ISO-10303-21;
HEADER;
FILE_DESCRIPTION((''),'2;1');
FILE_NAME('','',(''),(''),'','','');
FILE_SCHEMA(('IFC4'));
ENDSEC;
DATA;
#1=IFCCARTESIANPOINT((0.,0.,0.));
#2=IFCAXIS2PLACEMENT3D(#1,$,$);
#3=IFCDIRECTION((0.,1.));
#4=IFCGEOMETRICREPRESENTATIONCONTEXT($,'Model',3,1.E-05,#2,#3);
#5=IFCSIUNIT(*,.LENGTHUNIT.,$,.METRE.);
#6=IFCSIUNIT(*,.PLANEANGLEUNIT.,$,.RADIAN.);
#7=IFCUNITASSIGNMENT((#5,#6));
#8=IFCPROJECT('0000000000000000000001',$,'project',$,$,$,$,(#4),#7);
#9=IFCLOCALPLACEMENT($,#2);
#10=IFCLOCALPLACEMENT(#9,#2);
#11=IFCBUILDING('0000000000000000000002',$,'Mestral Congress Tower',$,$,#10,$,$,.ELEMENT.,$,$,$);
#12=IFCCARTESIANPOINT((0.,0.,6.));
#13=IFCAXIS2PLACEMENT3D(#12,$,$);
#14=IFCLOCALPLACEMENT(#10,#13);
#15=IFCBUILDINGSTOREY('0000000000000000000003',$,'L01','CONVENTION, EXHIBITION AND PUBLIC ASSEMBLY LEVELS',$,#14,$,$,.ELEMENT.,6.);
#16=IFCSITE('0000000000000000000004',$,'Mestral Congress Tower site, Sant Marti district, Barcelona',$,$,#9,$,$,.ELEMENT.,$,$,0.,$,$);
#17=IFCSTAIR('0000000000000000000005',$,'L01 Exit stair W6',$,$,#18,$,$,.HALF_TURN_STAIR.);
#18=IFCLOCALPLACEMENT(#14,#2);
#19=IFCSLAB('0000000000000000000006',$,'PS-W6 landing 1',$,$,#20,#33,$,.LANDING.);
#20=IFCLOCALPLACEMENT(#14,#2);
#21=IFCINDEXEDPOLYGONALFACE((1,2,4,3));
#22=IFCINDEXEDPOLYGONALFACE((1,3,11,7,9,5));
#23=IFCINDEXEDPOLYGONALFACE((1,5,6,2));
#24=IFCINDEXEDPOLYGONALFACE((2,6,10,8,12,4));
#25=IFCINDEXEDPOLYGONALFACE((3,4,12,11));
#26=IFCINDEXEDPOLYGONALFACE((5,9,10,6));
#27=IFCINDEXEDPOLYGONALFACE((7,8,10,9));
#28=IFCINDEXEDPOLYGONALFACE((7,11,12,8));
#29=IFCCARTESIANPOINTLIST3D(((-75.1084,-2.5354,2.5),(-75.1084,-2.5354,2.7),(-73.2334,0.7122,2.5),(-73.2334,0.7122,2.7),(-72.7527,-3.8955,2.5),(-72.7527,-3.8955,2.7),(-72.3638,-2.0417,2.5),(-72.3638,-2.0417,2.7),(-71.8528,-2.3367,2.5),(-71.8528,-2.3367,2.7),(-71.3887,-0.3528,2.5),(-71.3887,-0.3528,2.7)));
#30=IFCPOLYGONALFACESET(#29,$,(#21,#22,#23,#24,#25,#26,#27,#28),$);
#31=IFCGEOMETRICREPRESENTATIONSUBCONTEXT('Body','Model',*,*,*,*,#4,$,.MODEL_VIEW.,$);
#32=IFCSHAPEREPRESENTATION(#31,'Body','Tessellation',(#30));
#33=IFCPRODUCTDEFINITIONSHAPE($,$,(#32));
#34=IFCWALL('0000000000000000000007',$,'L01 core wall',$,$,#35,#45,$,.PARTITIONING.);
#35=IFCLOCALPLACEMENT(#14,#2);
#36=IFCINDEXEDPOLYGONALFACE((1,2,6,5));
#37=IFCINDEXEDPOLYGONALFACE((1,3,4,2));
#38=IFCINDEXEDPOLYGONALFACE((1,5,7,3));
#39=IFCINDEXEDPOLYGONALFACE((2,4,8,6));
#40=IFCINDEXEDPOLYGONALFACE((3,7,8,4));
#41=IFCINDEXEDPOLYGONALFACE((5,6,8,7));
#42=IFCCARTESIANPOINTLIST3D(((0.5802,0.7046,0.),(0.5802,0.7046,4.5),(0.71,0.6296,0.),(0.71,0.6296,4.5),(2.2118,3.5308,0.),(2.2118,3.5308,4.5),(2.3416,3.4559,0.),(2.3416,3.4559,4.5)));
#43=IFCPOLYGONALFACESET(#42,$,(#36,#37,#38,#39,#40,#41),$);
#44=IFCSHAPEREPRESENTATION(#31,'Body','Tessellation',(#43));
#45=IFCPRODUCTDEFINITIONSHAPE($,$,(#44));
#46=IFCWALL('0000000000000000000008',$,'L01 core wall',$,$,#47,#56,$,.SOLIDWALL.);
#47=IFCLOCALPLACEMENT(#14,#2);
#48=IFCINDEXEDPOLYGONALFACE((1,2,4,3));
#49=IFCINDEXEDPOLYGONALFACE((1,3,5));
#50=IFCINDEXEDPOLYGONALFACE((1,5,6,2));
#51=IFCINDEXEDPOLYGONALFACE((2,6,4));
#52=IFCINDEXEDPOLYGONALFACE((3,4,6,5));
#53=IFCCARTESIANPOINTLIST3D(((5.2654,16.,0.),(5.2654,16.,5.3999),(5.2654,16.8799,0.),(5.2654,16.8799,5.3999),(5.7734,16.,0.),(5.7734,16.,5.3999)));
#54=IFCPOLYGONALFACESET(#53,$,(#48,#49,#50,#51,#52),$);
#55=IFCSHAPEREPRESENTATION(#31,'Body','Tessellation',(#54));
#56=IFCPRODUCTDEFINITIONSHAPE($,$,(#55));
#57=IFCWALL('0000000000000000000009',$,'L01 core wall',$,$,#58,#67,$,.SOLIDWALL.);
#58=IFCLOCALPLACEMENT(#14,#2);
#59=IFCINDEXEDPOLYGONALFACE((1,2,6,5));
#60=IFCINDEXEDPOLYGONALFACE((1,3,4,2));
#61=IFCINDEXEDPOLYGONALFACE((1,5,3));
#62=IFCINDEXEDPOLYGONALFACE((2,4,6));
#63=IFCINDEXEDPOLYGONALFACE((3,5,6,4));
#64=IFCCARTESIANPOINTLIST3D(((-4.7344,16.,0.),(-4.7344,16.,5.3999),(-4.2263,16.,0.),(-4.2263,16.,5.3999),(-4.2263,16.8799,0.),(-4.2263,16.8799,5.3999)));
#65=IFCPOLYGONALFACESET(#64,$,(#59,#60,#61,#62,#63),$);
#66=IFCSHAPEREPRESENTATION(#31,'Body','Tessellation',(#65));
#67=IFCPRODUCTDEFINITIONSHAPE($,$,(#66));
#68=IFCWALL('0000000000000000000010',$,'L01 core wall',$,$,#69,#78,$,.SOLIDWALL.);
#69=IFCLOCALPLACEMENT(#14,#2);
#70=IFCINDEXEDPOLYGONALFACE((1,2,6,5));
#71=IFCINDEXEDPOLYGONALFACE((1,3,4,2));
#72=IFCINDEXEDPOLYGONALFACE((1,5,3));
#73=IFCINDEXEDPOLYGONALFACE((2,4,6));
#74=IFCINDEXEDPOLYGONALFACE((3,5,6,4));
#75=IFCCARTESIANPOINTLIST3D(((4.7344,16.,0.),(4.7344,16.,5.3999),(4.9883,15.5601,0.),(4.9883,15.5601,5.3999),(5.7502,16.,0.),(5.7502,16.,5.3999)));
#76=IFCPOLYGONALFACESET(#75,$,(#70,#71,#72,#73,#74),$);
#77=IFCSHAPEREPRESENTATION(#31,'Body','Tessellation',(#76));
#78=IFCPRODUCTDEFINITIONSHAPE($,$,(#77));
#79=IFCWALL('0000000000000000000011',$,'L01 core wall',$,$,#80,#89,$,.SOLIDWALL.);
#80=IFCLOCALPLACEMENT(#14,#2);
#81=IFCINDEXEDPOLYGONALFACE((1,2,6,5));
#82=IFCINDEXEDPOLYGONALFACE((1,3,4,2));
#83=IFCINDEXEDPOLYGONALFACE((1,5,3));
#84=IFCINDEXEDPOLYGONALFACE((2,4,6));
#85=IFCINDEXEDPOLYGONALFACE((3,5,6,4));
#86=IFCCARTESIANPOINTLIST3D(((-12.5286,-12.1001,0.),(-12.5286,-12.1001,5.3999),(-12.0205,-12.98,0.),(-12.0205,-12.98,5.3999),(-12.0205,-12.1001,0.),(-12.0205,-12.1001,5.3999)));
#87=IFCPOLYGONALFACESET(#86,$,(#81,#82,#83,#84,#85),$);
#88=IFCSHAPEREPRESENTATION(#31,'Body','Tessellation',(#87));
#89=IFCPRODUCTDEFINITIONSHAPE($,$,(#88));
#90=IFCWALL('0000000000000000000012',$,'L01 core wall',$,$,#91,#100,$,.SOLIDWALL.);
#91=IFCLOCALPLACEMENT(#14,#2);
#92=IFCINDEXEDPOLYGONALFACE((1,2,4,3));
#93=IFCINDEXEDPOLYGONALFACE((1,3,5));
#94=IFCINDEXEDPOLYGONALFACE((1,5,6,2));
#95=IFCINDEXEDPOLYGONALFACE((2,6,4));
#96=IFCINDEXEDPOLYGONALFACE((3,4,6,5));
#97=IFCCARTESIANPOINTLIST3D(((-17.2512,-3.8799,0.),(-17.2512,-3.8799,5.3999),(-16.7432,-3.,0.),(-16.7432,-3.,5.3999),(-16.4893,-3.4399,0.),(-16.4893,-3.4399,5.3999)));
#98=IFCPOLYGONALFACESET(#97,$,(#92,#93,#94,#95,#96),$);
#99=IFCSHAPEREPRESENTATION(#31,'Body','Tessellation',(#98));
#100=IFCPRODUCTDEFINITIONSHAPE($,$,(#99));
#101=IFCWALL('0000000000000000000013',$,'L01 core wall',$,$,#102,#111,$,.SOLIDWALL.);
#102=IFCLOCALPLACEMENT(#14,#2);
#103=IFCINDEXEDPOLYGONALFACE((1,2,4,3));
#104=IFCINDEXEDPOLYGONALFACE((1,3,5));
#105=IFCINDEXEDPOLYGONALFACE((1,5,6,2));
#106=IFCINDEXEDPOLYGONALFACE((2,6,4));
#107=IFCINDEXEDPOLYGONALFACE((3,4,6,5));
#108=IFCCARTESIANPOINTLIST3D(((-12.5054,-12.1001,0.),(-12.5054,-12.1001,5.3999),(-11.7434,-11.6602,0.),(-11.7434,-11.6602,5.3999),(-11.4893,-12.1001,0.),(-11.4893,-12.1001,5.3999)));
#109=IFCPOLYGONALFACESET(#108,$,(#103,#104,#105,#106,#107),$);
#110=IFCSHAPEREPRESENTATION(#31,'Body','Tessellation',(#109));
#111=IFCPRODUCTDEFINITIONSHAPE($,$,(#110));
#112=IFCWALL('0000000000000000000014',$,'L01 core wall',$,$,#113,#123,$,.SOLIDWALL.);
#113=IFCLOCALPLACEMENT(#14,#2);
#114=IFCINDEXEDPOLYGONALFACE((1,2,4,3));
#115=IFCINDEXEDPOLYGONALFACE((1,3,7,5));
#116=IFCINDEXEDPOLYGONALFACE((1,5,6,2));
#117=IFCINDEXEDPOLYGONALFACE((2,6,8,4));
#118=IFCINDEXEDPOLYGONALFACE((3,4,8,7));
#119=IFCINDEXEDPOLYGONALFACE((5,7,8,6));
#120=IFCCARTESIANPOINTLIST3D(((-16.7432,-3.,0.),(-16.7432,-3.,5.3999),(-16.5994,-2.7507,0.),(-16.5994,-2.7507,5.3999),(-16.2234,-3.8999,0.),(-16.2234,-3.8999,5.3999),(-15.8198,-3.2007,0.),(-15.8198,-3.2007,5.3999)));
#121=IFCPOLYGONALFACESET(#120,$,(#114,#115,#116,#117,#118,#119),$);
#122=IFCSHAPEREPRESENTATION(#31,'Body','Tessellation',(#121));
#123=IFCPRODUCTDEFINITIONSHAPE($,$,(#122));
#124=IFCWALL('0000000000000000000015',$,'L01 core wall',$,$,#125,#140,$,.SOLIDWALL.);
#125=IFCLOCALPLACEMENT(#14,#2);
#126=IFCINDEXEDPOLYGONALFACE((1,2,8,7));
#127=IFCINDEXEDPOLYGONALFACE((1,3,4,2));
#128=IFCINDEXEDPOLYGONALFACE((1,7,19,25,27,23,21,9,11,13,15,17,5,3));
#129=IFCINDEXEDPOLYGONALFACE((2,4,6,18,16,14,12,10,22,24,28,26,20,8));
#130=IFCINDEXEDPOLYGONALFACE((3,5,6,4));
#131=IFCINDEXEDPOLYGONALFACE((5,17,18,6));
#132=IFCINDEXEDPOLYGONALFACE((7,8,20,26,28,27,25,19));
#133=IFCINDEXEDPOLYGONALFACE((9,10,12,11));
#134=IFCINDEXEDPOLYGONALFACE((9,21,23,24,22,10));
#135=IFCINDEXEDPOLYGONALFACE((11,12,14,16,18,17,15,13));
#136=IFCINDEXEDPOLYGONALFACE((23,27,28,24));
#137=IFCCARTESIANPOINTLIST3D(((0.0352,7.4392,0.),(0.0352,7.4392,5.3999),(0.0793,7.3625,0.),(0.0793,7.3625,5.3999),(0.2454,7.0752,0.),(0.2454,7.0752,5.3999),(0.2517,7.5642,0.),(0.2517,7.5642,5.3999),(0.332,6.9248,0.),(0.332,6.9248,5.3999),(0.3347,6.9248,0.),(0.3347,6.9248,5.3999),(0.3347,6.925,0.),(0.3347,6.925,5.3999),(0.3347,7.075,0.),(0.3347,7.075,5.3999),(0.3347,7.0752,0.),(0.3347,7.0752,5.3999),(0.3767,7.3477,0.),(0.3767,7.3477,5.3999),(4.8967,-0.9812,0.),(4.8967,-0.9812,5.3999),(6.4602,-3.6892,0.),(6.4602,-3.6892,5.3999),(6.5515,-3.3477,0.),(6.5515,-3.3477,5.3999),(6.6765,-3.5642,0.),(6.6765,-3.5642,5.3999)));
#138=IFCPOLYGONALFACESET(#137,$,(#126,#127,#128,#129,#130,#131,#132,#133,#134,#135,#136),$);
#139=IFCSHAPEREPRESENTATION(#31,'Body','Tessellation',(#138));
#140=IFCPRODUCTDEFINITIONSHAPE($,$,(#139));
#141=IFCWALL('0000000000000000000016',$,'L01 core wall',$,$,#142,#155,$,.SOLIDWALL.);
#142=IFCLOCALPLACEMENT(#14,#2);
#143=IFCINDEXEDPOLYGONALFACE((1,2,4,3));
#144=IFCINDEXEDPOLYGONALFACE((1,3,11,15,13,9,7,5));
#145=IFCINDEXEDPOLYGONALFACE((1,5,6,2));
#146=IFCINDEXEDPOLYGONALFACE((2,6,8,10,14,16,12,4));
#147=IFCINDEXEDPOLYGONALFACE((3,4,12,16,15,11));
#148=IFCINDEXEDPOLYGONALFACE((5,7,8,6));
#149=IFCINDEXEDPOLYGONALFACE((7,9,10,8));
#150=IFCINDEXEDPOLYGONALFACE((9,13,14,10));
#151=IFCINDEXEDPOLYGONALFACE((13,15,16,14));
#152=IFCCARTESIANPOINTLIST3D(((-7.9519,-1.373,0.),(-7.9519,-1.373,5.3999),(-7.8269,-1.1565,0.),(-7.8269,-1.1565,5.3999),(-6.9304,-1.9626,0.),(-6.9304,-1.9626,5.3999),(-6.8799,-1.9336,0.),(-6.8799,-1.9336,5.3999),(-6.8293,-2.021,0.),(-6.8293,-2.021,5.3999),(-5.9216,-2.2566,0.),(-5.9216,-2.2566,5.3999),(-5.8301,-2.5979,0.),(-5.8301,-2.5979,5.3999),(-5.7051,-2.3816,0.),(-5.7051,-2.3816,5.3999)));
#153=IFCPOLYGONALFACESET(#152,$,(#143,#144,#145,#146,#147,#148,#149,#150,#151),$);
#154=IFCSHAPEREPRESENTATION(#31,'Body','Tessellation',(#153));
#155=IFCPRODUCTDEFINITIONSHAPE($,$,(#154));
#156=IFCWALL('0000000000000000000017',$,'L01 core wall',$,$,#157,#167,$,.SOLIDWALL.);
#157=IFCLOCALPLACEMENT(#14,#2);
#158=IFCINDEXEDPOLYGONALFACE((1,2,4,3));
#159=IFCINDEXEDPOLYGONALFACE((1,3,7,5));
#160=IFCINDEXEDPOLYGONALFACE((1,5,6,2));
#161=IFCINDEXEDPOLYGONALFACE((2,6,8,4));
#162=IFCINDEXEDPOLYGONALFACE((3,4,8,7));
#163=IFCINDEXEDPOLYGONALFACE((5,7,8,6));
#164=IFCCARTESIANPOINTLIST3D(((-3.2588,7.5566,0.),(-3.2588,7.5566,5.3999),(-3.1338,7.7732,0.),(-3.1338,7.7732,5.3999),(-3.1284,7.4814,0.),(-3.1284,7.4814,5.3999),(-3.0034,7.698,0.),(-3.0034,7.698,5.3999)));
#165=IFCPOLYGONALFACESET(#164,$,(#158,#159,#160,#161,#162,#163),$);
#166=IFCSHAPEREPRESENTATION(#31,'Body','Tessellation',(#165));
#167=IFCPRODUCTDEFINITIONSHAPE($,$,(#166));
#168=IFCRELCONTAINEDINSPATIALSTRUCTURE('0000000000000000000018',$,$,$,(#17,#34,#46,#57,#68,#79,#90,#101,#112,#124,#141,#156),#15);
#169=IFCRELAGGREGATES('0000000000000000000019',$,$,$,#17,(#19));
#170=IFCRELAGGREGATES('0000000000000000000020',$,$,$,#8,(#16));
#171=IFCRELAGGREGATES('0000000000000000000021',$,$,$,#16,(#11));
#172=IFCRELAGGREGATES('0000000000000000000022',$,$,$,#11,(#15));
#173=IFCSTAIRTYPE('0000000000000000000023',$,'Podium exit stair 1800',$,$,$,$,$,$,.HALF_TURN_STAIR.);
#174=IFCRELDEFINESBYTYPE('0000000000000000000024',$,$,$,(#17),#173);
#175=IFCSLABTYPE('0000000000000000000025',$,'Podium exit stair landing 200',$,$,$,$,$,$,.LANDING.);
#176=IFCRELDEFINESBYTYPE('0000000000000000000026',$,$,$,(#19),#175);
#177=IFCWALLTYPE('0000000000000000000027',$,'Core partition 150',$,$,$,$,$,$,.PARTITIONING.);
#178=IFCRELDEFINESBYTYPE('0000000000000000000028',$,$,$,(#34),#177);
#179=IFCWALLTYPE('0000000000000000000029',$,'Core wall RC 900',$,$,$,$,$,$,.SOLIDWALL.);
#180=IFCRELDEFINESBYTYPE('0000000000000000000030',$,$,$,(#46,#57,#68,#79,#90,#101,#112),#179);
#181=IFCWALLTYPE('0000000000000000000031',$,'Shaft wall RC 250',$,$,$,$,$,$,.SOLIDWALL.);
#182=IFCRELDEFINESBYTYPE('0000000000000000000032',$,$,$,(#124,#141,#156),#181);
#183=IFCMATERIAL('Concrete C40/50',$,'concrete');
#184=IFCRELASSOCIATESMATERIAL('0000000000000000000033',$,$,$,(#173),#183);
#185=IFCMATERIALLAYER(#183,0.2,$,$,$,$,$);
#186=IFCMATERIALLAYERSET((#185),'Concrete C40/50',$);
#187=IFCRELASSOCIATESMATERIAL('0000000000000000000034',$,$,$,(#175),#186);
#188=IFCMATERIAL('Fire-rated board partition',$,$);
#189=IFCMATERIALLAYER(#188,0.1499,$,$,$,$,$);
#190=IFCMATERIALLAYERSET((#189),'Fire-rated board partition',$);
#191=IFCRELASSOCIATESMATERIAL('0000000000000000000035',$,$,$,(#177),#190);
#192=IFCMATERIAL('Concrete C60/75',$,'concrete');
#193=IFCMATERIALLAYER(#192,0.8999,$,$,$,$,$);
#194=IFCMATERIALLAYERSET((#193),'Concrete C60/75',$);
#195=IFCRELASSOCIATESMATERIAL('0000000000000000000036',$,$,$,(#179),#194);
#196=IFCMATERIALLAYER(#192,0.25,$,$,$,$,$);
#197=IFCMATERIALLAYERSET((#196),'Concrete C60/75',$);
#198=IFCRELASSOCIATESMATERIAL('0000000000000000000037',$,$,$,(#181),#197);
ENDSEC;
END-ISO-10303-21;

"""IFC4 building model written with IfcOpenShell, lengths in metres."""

from ifc_helpers import new_model, si_unit, direction, frame, frame_2d, origin, place, context, subcontext, project, spatial, polyline, rectangle, outline, extrude, material, layer, layer_set, type_object, element, aggregate, save


model = new_model("IFC4")

# Units and contexts
model_context = context("Model", 3, precision=1e-05, world=origin(), true_north=direction((0.0, 1.0)))
body_context = subcontext(model_context, "Body", "Model", "MODEL_VIEW")
ifc_project = project(units=[si_unit("LENGTHUNIT", "METRE"), si_unit("PLANEANGLEUNIT", "RADIAN")], contexts=[model_context])

# Site, building, storey
site_placement = place(None, origin())
site = spatial("IfcSite", under=ifc_project, at=site_placement, Name="Mestral Congress Tower site, Sant Marti district, Barcelona", CompositionType="ELEMENT", RefElevation=0.0)
building_placement = place(site_placement, origin())
building = spatial("IfcBuilding", under=site, at=building_placement, Name="Mestral Congress Tower", CompositionType="ELEMENT")
storey_placement = place(building_placement, frame((0.0, 0.0, 6.0)))
storey = spatial("IfcBuildingStorey", under=building, at=storey_placement, Name="L01", Description="CONVENTION, EXHIBITION AND PUBLIC ASSEMBLY LEVELS", CompositionType="ELEMENT", Elevation=6.0)

# Shared definitions
ifc_material_1 = material(Name="Concrete C40/50", Category="concrete")

# Stair, slab
stair_type = type_object("IfcStairType", Name="Podium exit stair 1800", PredefinedType="HALF_TURN_STAIR", material=ifc_material_1)
placement_1 = place(storey_placement, origin())
ifc_layer_1 = layer(ifc_material_1, 0.2)
ifc_layer_set_1 = layer_set([ifc_layer_1], Name="Concrete C40/50")
slab_type_1 = type_object("IfcSlabType", Name="Podium exit stair landing 200", PredefinedType="LANDING", material=ifc_layer_set_1)
placement_2 = place(storey_placement, frame((0.0, 0.0, 2.5)))
stair_1 = element("IfcStair", 1, at=placement_1, inside=storey, type_object=stair_type, Name="L01 Exit stair W6", PredefinedType="HALF_TURN_STAIR")
slab_1 = element("IfcSlab", 2, at=placement_2, type_object=slab_type_1, Name="PS-W6 landing 1", PredefinedType="LANDING", context=body_context, shape_type="SweptSolid", body=[
    extrude(outline(polyline([(-71.8528, -2.3367), (-72.7527, -3.8955), (-75.1084, -2.5354), (-73.2334, 0.7122), (-71.3887, -0.3528), (-72.3638, -2.0417), (-71.8528, -2.3367)])), origin(), (0.0, 0.0, 1.0), 0.2),
])
aggregate(stair_1, [slab_1])

# Walls
ifc_material_2 = material(Name="Fire-rated board partition")
ifc_layer_2 = layer(ifc_material_2, 0.1499)
ifc_layer_set_2 = layer_set([ifc_layer_2], Name="Fire-rated board partition")
wall_type_1 = type_object("IfcWallType", Name="Core partition 150", PredefinedType="PARTITIONING", material=ifc_layer_set_2)
wall_1_placement = place(storey_placement, frame((0.645, 0.667, 0.0), z_axis=(0.0, 0.0, 1.0), x_axis=(0.499977, 0.866039, 0.0)))
element("IfcWall", 3, at=wall_1_placement, inside=storey, type_object=wall_type_1, Name="L01 core wall", PredefinedType="PARTITIONING", context=body_context, shape_type="SweptSolid", body=[
    extrude(rectangle(XDim=3.2634, YDim=0.1499, at=frame_2d((1.6318, 0.0))), origin(), (0.0, 0.0, 1.0), 4.5),
])
ifc_material_3 = material(Name="Concrete C60/75", Category="concrete")
ifc_layer_3 = layer(ifc_material_3, 0.8999)
ifc_layer_set_3 = layer_set([ifc_layer_3], Name="Concrete C60/75")
wall_type_2 = type_object("IfcWallType", Name="Core wall RC 900", PredefinedType="SOLIDWALL", material=ifc_layer_set_3)
element("IfcWall", 4, at=placement_1, inside=storey, type_object=wall_type_2, Name="L01 core wall", PredefinedType="SOLIDWALL", context=body_context, shape_type="SweptSolid", body=[
    extrude(outline(polyline([(5.2654, 16.0), (5.2654, 16.8799), (5.7734, 16.0), (5.2654, 16.0)])), origin(), (0.0, 0.0, 1.0), 5.3999),
])
element("IfcWall", 5, at=placement_1, inside=storey, type_object=wall_type_2, Name="L01 core wall", PredefinedType="SOLIDWALL", context=body_context, shape_type="SweptSolid", body=[
    extrude(outline(polyline([(-4.7344, 16.0), (-4.2263, 16.8799), (-4.2263, 16.0), (-4.7344, 16.0)])), origin(), (0.0, 0.0, 1.0), 5.3999),
])
element("IfcWall", 6, at=placement_1, inside=storey, type_object=wall_type_2, Name="L01 core wall", PredefinedType="SOLIDWALL", context=body_context, shape_type="SweptSolid", body=[
    extrude(outline(polyline([(4.7344, 16.0), (5.7502, 16.0), (4.9883, 15.5601), (4.7344, 16.0)])), origin(), (0.0, 0.0, 1.0), 5.3999),
])
element("IfcWall", 7, at=placement_1, inside=storey, type_object=wall_type_2, Name="L01 core wall", PredefinedType="SOLIDWALL", context=body_context, shape_type="SweptSolid", body=[
    extrude(outline(polyline([(-12.5286, -12.1001), (-12.0205, -12.1001), (-12.0205, -12.98), (-12.5286, -12.1001)])), origin(), (0.0, 0.0, 1.0), 5.3999),
])
element("IfcWall", 8, at=placement_1, inside=storey, type_object=wall_type_2, Name="L01 core wall", PredefinedType="SOLIDWALL", context=body_context, shape_type="SweptSolid", body=[
    extrude(outline(polyline([(-16.4893, -3.4399), (-17.2512, -3.8799), (-16.7432, -3.0), (-16.4893, -3.4399)])), origin(), (0.0, 0.0, 1.0), 5.3999),
])
element("IfcWall", 9, at=placement_1, inside=storey, type_object=wall_type_2, Name="L01 core wall", PredefinedType="SOLIDWALL", context=body_context, shape_type="SweptSolid", body=[
    extrude(outline(polyline([(-11.4893, -12.1001), (-12.5054, -12.1001), (-11.7434, -11.6602), (-11.4893, -12.1001)])), origin(), (0.0, 0.0, 1.0), 5.3999),
])
element("IfcWall", 10, at=placement_1, inside=storey, type_object=wall_type_2, Name="L01 core wall", PredefinedType="SOLIDWALL", context=body_context, shape_type="SweptSolid", body=[
    extrude(outline(polyline([(-15.8198, -3.2007), (-16.2234, -3.8999), (-16.7432, -3.0), (-16.5994, -2.7507), (-15.8198, -3.2007)])), origin(), (0.0, 0.0, 1.0), 5.3999),
])
ifc_layer_4 = layer(ifc_material_3, 0.25)
ifc_layer_set_4 = layer_set([ifc_layer_4], Name="Concrete C60/75")
wall_type_3 = type_object("IfcWallType", Name="Shaft wall RC 250", PredefinedType="SOLIDWALL", material=ifc_layer_set_4)
element("IfcWall", 11, at=placement_1, inside=storey, type_object=wall_type_3, Name="L01 core wall", PredefinedType="SOLIDWALL", context=body_context, shape_type="SweptSolid", body=[
    extrude(outline(polyline([(6.5515, -3.3477), (6.6765, -3.5642), (6.4602, -3.6892), (4.8967, -0.9812), (0.332, 6.9248), (0.3347, 6.9248), (0.3347, 6.925), (0.3347, 6.925), (0.3347, 7.075), (0.3347, 7.075), (0.3347, 7.0752), (0.2454, 7.0752), (0.0793, 7.3625), (0.0352, 7.4392), (0.2517, 7.5642), (0.3767, 7.3477), (6.5515, -3.3477)])), origin(), (0.0, 0.0, 1.0), 5.3999),
])
element("IfcWall", 12, at=placement_1, inside=storey, type_object=wall_type_3, Name="L01 core wall", PredefinedType="SOLIDWALL", context=body_context, shape_type="SweptSolid", body=[
    extrude(outline(polyline([(-5.9216, -2.2566), (-5.9216, -2.2566), (-5.7051, -2.3816), (-5.8301, -2.5979), (-6.8293, -2.021), (-6.8799, -1.9336), (-6.8799, -1.9336), (-6.9304, -1.9626), (-7.9519, -1.373), (-7.8269, -1.1565), (-5.9216, -2.2566)])), origin(), (0.0, 0.0, 1.0), 5.3999),
])
element("IfcWall", 13, at=placement_1, inside=storey, type_object=wall_type_3, Name="L01 core wall", PredefinedType="SOLIDWALL", context=body_context, shape_type="SweptSolid", body=[
    extrude(outline(polyline([(-3.1284, 7.4814), (-3.2588, 7.5566), (-3.1338, 7.7732), (-3.0034, 7.698), (-3.1284, 7.4814)])), origin(), (0.0, 0.0, 1.0), 5.3999),
])

save(model, "model.ifc")
